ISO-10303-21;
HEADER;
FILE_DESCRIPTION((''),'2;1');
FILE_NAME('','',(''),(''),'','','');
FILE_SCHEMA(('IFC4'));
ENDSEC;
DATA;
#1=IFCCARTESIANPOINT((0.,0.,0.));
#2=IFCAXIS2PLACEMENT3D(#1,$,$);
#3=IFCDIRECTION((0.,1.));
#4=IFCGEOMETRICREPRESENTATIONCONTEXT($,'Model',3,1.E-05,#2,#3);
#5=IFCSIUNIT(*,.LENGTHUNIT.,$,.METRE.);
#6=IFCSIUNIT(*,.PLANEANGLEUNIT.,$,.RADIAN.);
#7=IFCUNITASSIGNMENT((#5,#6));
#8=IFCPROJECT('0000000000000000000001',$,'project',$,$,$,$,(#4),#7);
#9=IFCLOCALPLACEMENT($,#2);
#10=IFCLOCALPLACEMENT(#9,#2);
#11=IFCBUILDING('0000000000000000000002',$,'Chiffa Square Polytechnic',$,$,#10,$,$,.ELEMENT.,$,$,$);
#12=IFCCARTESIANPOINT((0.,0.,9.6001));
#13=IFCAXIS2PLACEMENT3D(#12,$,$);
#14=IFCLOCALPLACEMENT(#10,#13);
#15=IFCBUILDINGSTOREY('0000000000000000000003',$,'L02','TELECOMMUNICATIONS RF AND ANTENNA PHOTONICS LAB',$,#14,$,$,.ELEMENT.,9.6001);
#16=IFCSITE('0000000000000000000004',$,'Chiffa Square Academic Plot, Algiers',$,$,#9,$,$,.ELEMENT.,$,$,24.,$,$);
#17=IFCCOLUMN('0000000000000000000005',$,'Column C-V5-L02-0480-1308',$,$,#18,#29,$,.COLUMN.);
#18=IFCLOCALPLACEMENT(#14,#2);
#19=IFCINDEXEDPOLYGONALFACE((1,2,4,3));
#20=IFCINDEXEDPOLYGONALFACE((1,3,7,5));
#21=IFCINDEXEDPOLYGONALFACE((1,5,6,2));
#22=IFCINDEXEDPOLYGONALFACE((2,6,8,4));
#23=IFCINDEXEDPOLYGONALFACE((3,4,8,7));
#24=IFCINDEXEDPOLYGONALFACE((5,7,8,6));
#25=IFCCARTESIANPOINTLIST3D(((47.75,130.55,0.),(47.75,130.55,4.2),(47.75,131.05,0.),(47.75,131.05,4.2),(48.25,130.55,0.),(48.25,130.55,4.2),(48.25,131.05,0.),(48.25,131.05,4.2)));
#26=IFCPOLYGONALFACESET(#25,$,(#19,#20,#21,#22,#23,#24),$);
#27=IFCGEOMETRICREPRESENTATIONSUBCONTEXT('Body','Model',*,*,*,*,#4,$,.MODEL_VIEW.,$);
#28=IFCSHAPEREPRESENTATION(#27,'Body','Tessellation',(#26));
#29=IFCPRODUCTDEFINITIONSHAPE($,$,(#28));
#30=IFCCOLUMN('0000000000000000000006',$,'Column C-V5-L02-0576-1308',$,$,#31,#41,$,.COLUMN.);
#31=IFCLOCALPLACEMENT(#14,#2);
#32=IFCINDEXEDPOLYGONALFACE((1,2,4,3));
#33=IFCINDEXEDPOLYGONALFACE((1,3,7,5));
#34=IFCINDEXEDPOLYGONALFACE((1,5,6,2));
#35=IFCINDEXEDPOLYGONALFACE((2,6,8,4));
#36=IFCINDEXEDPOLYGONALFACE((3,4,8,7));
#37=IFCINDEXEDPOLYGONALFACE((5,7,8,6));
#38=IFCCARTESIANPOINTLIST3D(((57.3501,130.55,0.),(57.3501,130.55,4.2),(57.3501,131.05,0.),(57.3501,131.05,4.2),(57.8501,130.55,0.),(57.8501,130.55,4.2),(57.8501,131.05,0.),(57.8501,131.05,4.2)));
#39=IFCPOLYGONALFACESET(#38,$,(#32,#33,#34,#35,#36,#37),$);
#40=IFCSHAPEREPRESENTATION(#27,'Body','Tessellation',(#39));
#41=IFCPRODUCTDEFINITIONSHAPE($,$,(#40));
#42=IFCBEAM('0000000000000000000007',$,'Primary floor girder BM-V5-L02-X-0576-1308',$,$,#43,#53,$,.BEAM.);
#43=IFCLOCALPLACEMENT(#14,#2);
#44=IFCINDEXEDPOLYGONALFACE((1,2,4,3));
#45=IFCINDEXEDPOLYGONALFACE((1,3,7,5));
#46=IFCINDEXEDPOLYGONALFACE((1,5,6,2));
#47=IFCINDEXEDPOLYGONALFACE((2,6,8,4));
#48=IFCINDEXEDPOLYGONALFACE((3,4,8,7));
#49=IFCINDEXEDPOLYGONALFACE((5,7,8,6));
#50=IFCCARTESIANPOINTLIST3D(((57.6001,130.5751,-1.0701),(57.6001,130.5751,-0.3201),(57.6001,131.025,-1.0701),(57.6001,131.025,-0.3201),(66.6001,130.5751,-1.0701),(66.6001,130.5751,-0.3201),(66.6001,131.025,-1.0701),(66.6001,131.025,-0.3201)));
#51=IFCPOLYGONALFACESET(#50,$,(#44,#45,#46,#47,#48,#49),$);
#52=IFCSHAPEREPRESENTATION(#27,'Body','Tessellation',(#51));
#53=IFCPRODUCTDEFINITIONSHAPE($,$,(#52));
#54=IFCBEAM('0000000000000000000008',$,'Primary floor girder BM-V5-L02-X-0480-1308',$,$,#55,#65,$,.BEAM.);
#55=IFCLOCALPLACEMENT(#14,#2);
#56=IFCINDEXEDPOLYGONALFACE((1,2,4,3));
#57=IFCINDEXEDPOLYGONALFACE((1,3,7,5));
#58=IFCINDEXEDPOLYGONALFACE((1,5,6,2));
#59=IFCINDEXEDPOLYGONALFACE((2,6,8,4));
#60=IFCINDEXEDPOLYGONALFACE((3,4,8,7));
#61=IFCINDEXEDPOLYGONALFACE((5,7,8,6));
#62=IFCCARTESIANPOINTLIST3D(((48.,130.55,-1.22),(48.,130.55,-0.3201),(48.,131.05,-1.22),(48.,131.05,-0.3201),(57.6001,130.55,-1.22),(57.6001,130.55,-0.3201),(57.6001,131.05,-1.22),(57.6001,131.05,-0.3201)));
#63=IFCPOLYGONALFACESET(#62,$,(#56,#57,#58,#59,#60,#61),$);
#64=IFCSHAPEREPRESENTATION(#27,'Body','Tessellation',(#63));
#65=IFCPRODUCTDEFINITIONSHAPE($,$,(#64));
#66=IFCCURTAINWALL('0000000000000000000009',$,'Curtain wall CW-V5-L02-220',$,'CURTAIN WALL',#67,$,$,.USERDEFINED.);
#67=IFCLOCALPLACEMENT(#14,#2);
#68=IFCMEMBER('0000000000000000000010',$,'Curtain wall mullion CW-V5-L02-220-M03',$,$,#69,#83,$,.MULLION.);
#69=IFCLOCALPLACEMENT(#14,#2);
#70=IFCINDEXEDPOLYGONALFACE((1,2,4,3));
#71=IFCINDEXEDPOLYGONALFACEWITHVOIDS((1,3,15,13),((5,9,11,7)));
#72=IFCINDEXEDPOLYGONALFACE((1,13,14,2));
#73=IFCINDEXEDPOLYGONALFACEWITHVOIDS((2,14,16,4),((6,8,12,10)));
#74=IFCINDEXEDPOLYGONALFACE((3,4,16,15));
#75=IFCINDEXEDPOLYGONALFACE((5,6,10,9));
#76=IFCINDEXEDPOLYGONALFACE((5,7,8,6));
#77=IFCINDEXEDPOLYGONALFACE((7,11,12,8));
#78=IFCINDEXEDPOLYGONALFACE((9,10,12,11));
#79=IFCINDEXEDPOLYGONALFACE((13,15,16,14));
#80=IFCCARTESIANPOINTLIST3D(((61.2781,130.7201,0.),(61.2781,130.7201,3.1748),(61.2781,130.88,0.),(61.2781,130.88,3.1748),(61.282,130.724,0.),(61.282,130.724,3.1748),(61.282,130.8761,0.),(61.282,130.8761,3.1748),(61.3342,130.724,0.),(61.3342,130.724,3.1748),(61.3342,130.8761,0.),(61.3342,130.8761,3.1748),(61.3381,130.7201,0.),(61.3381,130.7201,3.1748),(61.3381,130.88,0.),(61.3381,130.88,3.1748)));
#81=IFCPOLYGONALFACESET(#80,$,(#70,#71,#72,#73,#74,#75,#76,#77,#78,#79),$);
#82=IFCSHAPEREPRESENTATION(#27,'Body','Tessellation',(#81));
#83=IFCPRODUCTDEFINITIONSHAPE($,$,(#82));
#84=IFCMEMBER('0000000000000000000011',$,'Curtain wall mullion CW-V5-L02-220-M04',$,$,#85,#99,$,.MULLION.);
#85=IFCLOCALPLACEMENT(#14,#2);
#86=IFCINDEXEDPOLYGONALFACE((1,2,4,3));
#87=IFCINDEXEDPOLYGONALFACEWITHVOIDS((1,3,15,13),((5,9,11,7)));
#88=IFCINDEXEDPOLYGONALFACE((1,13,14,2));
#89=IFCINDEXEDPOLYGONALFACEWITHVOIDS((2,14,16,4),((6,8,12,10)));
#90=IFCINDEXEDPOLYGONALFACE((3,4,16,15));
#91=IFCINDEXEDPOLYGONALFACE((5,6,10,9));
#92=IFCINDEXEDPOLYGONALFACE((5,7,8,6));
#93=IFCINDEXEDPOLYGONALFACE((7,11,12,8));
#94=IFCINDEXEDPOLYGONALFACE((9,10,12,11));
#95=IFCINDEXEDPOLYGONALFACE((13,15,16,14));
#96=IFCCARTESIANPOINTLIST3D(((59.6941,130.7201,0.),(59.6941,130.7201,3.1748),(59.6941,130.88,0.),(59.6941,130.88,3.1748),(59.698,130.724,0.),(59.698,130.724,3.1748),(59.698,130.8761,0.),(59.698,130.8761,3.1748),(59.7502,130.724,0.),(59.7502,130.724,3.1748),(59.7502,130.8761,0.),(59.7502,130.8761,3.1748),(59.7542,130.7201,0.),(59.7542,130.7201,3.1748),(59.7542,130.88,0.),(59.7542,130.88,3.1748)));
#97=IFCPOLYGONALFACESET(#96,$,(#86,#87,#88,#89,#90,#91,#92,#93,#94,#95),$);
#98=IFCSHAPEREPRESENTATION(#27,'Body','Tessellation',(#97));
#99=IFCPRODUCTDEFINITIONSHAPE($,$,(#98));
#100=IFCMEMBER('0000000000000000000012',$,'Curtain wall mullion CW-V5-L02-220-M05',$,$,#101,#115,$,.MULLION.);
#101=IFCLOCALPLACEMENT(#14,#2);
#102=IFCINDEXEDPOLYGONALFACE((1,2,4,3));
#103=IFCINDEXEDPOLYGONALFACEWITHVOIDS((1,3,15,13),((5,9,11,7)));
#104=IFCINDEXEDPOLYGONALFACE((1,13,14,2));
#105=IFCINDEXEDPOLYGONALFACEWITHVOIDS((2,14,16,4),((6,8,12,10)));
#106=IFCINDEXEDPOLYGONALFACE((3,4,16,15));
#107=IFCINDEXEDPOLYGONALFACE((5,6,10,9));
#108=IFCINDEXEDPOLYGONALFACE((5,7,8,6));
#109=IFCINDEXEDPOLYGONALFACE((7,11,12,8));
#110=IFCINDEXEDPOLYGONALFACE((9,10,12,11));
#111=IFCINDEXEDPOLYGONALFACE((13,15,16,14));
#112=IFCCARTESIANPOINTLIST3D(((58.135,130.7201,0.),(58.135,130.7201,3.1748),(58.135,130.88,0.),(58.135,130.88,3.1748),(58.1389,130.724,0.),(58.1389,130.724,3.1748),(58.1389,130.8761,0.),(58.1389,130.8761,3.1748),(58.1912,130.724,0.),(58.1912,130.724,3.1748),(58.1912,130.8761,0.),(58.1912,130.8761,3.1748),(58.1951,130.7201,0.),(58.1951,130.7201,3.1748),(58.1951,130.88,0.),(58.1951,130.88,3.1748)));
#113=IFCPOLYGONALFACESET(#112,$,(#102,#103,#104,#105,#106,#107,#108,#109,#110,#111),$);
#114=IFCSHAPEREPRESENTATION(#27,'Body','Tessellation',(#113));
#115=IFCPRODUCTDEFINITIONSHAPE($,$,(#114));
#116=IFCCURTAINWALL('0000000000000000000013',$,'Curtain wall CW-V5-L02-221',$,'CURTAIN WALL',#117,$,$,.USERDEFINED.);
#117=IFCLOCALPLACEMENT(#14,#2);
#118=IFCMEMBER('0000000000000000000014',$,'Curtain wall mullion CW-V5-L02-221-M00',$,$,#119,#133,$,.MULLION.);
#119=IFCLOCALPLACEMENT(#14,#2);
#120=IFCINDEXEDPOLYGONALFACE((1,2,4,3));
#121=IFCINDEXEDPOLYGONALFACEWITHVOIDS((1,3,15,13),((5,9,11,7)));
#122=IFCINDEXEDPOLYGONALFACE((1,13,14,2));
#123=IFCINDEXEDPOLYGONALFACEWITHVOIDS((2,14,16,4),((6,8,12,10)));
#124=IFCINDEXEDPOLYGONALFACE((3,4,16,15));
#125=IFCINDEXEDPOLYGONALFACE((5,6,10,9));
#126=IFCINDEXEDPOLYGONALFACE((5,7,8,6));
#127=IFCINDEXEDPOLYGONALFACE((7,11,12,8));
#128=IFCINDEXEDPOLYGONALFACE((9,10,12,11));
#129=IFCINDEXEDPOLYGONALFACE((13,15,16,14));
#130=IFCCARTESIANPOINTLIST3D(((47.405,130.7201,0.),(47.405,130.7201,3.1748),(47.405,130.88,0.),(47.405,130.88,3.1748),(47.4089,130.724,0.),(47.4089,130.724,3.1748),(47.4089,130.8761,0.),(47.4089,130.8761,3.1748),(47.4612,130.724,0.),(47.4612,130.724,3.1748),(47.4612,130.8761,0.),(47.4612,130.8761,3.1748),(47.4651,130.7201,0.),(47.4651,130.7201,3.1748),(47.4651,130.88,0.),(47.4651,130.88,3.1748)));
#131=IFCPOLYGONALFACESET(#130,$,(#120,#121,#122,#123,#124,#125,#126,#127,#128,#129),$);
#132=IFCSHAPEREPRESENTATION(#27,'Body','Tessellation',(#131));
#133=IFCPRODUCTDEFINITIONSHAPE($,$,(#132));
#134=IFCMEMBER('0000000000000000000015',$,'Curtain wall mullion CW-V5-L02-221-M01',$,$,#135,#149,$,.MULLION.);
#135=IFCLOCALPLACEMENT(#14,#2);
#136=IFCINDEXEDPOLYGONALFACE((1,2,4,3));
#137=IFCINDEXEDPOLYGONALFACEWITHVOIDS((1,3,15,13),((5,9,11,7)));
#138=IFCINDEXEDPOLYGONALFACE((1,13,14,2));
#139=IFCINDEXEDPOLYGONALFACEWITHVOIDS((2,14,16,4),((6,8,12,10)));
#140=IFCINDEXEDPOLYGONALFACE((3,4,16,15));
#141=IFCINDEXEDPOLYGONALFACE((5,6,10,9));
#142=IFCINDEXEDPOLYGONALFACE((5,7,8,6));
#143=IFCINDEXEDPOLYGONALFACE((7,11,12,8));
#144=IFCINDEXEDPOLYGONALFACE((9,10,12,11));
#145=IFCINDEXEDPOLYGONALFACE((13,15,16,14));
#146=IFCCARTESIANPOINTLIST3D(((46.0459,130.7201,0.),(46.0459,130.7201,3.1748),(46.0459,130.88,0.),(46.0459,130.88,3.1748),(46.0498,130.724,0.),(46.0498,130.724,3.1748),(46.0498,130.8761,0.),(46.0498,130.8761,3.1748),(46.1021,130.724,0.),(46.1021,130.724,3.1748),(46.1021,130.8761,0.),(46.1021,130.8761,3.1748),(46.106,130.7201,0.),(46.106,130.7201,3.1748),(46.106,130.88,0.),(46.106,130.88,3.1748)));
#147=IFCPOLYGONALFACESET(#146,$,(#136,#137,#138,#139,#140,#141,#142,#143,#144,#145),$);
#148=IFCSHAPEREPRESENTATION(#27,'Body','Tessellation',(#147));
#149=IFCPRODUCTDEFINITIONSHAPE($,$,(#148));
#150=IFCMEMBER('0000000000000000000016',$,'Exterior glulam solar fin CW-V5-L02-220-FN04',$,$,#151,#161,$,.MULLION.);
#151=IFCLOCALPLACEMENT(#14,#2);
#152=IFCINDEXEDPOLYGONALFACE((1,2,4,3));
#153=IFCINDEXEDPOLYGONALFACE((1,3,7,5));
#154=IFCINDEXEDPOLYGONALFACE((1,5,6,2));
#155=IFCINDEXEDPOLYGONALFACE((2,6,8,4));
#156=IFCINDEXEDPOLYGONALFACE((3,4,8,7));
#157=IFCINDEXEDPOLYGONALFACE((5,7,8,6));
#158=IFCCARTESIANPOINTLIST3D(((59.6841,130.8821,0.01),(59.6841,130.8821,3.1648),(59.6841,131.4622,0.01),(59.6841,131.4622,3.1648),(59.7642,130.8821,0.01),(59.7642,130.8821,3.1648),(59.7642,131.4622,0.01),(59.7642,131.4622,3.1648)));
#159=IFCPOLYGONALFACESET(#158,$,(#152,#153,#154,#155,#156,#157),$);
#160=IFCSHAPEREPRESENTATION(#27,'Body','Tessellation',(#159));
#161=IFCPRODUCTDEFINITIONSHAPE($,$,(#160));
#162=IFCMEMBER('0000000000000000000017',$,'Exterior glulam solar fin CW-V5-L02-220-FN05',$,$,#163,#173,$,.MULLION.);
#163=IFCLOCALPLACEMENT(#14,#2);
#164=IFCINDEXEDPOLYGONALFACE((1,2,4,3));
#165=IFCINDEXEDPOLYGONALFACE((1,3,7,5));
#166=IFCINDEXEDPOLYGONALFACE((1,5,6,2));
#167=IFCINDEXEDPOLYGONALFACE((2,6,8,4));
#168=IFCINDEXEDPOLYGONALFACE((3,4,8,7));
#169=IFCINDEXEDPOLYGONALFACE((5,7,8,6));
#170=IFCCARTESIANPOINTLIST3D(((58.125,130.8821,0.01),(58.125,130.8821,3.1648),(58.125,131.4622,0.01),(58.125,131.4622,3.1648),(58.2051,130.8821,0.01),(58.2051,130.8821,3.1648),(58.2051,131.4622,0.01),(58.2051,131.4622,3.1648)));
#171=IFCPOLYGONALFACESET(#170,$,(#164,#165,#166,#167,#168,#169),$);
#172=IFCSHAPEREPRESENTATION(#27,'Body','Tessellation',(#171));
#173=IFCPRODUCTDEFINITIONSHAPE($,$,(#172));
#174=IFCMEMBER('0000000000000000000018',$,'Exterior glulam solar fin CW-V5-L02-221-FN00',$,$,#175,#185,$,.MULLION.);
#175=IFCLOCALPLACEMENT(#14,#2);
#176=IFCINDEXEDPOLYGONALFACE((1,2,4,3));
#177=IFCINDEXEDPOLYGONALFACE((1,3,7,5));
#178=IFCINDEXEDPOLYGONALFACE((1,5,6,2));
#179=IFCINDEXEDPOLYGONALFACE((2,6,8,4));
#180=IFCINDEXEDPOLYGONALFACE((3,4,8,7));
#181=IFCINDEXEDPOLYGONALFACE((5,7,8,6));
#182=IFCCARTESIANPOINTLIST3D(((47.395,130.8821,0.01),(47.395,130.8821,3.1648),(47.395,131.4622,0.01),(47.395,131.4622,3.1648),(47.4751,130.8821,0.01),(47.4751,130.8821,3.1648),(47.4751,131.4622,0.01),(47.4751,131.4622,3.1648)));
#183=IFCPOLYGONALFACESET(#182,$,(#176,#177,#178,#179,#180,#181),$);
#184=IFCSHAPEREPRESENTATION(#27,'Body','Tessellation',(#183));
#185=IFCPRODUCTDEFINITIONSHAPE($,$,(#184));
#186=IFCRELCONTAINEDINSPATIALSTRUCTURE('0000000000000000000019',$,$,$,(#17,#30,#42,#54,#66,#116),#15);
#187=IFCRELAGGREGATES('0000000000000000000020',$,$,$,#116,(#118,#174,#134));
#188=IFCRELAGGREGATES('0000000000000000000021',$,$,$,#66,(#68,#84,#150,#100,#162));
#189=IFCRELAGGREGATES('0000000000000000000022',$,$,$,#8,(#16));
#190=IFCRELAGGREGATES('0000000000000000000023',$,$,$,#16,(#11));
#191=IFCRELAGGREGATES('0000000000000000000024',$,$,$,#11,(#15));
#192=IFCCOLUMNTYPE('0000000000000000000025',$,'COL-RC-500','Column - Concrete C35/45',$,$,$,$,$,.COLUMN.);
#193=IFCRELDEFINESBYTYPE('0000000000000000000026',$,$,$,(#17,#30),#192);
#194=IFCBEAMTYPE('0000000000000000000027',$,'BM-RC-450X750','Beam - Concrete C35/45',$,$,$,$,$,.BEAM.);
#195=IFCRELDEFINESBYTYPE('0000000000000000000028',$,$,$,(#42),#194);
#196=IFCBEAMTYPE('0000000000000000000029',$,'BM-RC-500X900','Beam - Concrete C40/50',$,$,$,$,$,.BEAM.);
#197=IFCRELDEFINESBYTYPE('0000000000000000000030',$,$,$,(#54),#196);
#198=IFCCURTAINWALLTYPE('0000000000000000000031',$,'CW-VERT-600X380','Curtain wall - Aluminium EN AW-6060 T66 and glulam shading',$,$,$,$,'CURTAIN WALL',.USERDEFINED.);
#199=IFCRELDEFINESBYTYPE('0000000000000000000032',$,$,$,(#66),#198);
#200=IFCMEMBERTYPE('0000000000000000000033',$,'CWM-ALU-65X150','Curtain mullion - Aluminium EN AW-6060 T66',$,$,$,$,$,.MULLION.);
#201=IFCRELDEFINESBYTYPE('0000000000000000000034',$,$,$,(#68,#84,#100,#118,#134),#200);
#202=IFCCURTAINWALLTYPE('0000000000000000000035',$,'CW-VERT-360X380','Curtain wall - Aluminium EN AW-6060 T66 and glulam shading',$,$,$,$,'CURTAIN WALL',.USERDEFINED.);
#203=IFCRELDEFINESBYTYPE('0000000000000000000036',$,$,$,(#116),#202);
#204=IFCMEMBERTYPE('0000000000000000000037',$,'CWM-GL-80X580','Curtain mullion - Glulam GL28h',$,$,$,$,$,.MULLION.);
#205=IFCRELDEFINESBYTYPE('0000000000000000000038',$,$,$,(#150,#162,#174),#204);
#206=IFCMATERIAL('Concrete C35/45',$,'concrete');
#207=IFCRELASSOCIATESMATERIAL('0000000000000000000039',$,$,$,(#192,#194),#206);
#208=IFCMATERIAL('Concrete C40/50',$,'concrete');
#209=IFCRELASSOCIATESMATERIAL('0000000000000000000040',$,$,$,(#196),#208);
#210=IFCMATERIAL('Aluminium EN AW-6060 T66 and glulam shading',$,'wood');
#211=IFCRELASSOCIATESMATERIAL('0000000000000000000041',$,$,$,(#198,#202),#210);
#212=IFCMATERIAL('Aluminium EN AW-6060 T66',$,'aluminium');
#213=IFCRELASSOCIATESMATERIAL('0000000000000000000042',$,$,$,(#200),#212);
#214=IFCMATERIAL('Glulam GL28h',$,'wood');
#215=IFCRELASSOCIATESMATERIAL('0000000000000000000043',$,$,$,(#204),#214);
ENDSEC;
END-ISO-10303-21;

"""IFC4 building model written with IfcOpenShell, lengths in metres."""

from ifc_helpers import new_model, si_unit, direction, frame, origin, origin_2d, place, context, subcontext, project, spatial, rectangle, hollow_rectangle, extrude, material, material_profile, profile_set, type_object, element, aggregate, save


model = new_model("IFC4")

# Units and contexts
model_context = context("Model", 3, precision=1e-05, world=origin(), true_north=direction((0.0, 1.0)))
body_context = subcontext(model_context, "Body", "Model", "MODEL_VIEW")
ifc_project = project(units=[si_unit("LENGTHUNIT", "METRE"), si_unit("PLANEANGLEUNIT", "RADIAN")], contexts=[model_context])

# Site, building, storey
site_placement = place(None, origin())
site = spatial("IfcSite", under=ifc_project, at=site_placement, Name="Chiffa Square Academic Plot, Algiers", CompositionType="ELEMENT", RefElevation=24.0)
building_placement = place(site_placement, origin())
building = spatial("IfcBuilding", under=site, at=building_placement, Name="Chiffa Square Polytechnic", CompositionType="ELEMENT")
storey_placement = place(building_placement, frame((0.0, 0.0, 9.6001)))
storey = spatial("IfcBuildingStorey", under=building, at=storey_placement, Name="L02", Description="TELECOMMUNICATIONS RF AND ANTENNA PHOTONICS LAB", CompositionType="ELEMENT", Elevation=9.6001)

# Columns
ifc_material_1 = material(Name="Concrete C35/45", Category="concrete")
ifc_material_profile_1 = material_profile(ifc_material_1, rectangle(XDim=0.5, YDim=0.5, at=origin_2d()), Name="RC 500x500")
ifc_profile_set_1 = profile_set([ifc_material_profile_1], Name="Concrete C35/45")
column_type = type_object("IfcColumnType", Name="COL-RC-500", Description="Column - Concrete C35/45", PredefinedType="COLUMN", material=ifc_profile_set_1)
for number, where, z_axis, x_axis, name in (
    (1, (48.0, 130.8, 0.0), (0.0, 0.0, 1.0), (1.0, 0.0, 0.0), "Column C-V5-L02-0480-1308"),
    (2, (57.6001, 130.8, 0.0), (0.0, 0.0, 1.0), (1.0, 0.0, 0.0), "Column C-V5-L02-0576-1308"),
):
    element("IfcColumn", number, at=place(storey_placement, frame(where, z_axis=z_axis, x_axis=x_axis)), inside=storey, type_object=column_type, Name=name, PredefinedType="COLUMN", context=body_context, shape_type="SweptSolid", body=[
        extrude(rectangle(XDim=0.5, YDim=0.5, at=origin_2d()), origin(), (0.0, 0.0, 1.0), 4.2),
    ])

# Beams
ifc_material_profile_2 = material_profile(ifc_material_1, rectangle(XDim=0.45, YDim=0.75, at=origin_2d()), Name="RC 450x750")
ifc_profile_set_2 = profile_set([ifc_material_profile_2], Name="Concrete C35/45")
beam_type_1 = type_object("IfcBeamType", Name="BM-RC-450X750", Description="Beam - Concrete C35/45", PredefinedType="BEAM", material=ifc_profile_set_2)
beam_1_placement = place(storey_placement, frame((57.6001, 130.8, -0.6951), z_axis=(1.0, 0.0, 0.0), x_axis=(0.0, 1.0, 0.0)))
element("IfcBeam", 3, at=beam_1_placement, inside=storey, type_object=beam_type_1, Name="Primary floor girder BM-V5-L02-X-0576-1308", PredefinedType="BEAM", context=body_context, shape_type="SweptSolid", body=[
    extrude(rectangle(XDim=0.45, YDim=0.75, at=origin_2d()), origin(), (0.0, 0.0, 1.0), 9.0),
])
ifc_material_2 = material(Name="Concrete C40/50", Category="concrete")
ifc_material_profile_3 = material_profile(ifc_material_2, rectangle(XDim=0.5, YDim=0.8999, at=origin_2d()), Name="RC 500x900")
ifc_profile_set_3 = profile_set([ifc_material_profile_3], Name="Concrete C40/50")
beam_type_2 = type_object("IfcBeamType", Name="BM-RC-500X900", Description="Beam - Concrete C40/50", PredefinedType="BEAM", material=ifc_profile_set_3)
beam_2_placement = place(storey_placement, frame((48.0, 130.8, -0.77), z_axis=(1.0, 0.0, 0.0), x_axis=(0.0, 1.0, 0.0)))
element("IfcBeam", 4, at=beam_2_placement, inside=storey, type_object=beam_type_2, Name="Primary floor girder BM-V5-L02-X-0480-1308", PredefinedType="BEAM", context=body_context, shape_type="SweptSolid", body=[
    extrude(rectangle(XDim=0.5, YDim=0.8999, at=origin_2d()), origin(), (0.0, 0.0, 1.0), 9.6001),
])

# Curtain walls, members
ifc_material_3 = material(Name="Aluminium EN AW-6060 T66 and glulam shading", Category="wood")
curtain_wall_type_1 = type_object("IfcCurtainWallType", Name="CW-VERT-600X380", Description="Curtain wall - Aluminium EN AW-6060 T66 and glulam shading", ElementType="CURTAIN WALL", PredefinedType="USERDEFINED", material=ifc_material_3)
curtain_wall_1_placement = place(storey_placement, origin())
curtain_wall_1 = element("IfcCurtainWall", 5, at=curtain_wall_1_placement, inside=storey, type_object=curtain_wall_type_1, Name="Curtain wall CW-V5-L02-220", ObjectType="CURTAIN WALL", PredefinedType="USERDEFINED")
ifc_material_4 = material(Name="Aluminium EN AW-6060 T66", Category="aluminium")
ifc_material_profile_4 = material_profile(ifc_material_4, hollow_rectangle(XDim=0.0601, YDim=0.1599, WallThickness=0.0039, at=origin_2d()), Name="ALU 60x160x4")
ifc_profile_set_4 = profile_set([ifc_material_profile_4], Name="Aluminium EN AW-6060 T66")
member_type_1 = type_object("IfcMemberType", Name="CWM-ALU-65X150", Description="Curtain mullion - Aluminium EN AW-6060 T66", PredefinedType="MULLION", material=ifc_profile_set_4)
member_1_placement = place(storey_placement, frame((61.3081, 130.8, 0.0), z_axis=(0.0, 0.0, 1.0), x_axis=(1.0, 0.0, 0.0)))
member_1 = element("IfcMember", 6, at=member_1_placement, type_object=member_type_1, Name="Curtain wall mullion CW-V5-L02-220-M03", PredefinedType="MULLION", context=body_context, shape_type="SweptSolid", body=[
    extrude(hollow_rectangle(XDim=0.0601, YDim=0.1599, WallThickness=0.0039, at=origin_2d()), origin(), (0.0, 0.0, 1.0), 3.1748),
])
member_2_placement = place(storey_placement, frame((59.7241, 130.8, 0.0), z_axis=(0.0, 0.0, 1.0), x_axis=(1.0, 0.0, 0.0)))
member_2 = element("IfcMember", 7, at=member_2_placement, type_object=member_type_1, Name="Curtain wall mullion CW-V5-L02-220-M04", PredefinedType="MULLION", context=body_context, shape_type="SweptSolid", body=[
    extrude(hollow_rectangle(XDim=0.0601, YDim=0.1599, WallThickness=0.0039, at=origin_2d()), origin(), (0.0, 0.0, 1.0), 3.1748),
])
member_3_placement = place(storey_placement, frame((58.165, 130.8, 0.0), z_axis=(0.0, 0.0, 1.0), x_axis=(1.0, 0.0, 0.0)))
member_3 = element("IfcMember", 8, at=member_3_placement, type_object=member_type_1, Name="Curtain wall mullion CW-V5-L02-220-M05", PredefinedType="MULLION", context=body_context, shape_type="SweptSolid", body=[
    extrude(hollow_rectangle(XDim=0.0601, YDim=0.1599, WallThickness=0.0039, at=origin_2d()), origin(), (0.0, 0.0, 1.0), 3.1748),
])
curtain_wall_type_2 = type_object("IfcCurtainWallType", Name="CW-VERT-360X380", Description="Curtain wall - Aluminium EN AW-6060 T66 and glulam shading", ElementType="CURTAIN WALL", PredefinedType="USERDEFINED", material=ifc_material_3)
curtain_wall_2_placement = place(storey_placement, origin())
curtain_wall_2 = element("IfcCurtainWall", 9, at=curtain_wall_2_placement, inside=storey, type_object=curtain_wall_type_2, Name="Curtain wall CW-V5-L02-221", ObjectType="CURTAIN WALL", PredefinedType="USERDEFINED")
member_4_placement = place(storey_placement, frame((47.4351, 130.8, 0.0), z_axis=(0.0, 0.0, 1.0), x_axis=(1.0, 0.0, 0.0)))
member_4 = element("IfcMember", 10, at=member_4_placement, type_object=member_type_1, Name="Curtain wall mullion CW-V5-L02-221-M00", PredefinedType="MULLION", context=body_context, shape_type="SweptSolid", body=[
    extrude(hollow_rectangle(XDim=0.0601, YDim=0.1599, WallThickness=0.0039, at=origin_2d()), origin(), (0.0, 0.0, 1.0), 3.1748),
])
member_5_placement = place(storey_placement, frame((46.0759, 130.8, 0.0), z_axis=(0.0, 0.0, 1.0), x_axis=(1.0, 0.0, 0.0)))
member_5 = element("IfcMember", 11, at=member_5_placement, type_object=member_type_1, Name="Curtain wall mullion CW-V5-L02-221-M01", PredefinedType="MULLION", context=body_context, shape_type="SweptSolid", body=[
    extrude(hollow_rectangle(XDim=0.0601, YDim=0.1599, WallThickness=0.0039, at=origin_2d()), origin(), (0.0, 0.0, 1.0), 3.1748),
])

# Members
ifc_material_5 = material(Name="Glulam GL28h", Category="wood")
ifc_material_profile_5 = material_profile(ifc_material_5, rectangle(XDim=0.0801, YDim=0.5801, at=origin_2d()), Name="GL28h 80x580")
ifc_profile_set_5 = profile_set([ifc_material_profile_5], Name="Glulam GL28h")
member_type_2 = type_object("IfcMemberType", Name="CWM-GL-80X580", Description="Curtain mullion - Glulam GL28h", PredefinedType="MULLION", material=ifc_profile_set_5)
member_6_placement = place(storey_placement, frame((59.7241, 131.1721, 0.01), z_axis=(0.0, 0.0, 1.0), x_axis=(-1.0, 0.0, 0.0)))
member_6 = element("IfcMember", 12, at=member_6_placement, type_object=member_type_2, Name="Exterior glulam solar fin CW-V5-L02-220-FN04", PredefinedType="MULLION", context=body_context, shape_type="SweptSolid", body=[
    extrude(rectangle(XDim=0.0801, YDim=0.5801, at=origin_2d()), origin(), (0.0, 0.0, 1.0), 3.1548),
])
member_7_placement = place(storey_placement, frame((58.165, 131.1721, 0.01), z_axis=(0.0, 0.0, 1.0), x_axis=(-1.0, 0.0, 0.0)))
member_7 = element("IfcMember", 13, at=member_7_placement, type_object=member_type_2, Name="Exterior glulam solar fin CW-V5-L02-220-FN05", PredefinedType="MULLION", context=body_context, shape_type="SweptSolid", body=[
    extrude(rectangle(XDim=0.0801, YDim=0.5801, at=origin_2d()), origin(), (0.0, 0.0, 1.0), 3.1548),
])
member_8_placement = place(storey_placement, frame((47.4351, 131.1721, 0.01), z_axis=(0.0, 0.0, 1.0), x_axis=(-1.0, 0.0, 0.0)))
member_8 = element("IfcMember", 14, at=member_8_placement, type_object=member_type_2, Name="Exterior glulam solar fin CW-V5-L02-221-FN00", PredefinedType="MULLION", context=body_context, shape_type="SweptSolid", body=[
    extrude(rectangle(XDim=0.0801, YDim=0.5801, at=origin_2d()), origin(), (0.0, 0.0, 1.0), 3.1548),
])

aggregate(curtain_wall_2, [member_4, member_8, member_5])
aggregate(curtain_wall_1, [member_1, member_2, member_6, member_3, member_7])

save(model, "model.ifc")
